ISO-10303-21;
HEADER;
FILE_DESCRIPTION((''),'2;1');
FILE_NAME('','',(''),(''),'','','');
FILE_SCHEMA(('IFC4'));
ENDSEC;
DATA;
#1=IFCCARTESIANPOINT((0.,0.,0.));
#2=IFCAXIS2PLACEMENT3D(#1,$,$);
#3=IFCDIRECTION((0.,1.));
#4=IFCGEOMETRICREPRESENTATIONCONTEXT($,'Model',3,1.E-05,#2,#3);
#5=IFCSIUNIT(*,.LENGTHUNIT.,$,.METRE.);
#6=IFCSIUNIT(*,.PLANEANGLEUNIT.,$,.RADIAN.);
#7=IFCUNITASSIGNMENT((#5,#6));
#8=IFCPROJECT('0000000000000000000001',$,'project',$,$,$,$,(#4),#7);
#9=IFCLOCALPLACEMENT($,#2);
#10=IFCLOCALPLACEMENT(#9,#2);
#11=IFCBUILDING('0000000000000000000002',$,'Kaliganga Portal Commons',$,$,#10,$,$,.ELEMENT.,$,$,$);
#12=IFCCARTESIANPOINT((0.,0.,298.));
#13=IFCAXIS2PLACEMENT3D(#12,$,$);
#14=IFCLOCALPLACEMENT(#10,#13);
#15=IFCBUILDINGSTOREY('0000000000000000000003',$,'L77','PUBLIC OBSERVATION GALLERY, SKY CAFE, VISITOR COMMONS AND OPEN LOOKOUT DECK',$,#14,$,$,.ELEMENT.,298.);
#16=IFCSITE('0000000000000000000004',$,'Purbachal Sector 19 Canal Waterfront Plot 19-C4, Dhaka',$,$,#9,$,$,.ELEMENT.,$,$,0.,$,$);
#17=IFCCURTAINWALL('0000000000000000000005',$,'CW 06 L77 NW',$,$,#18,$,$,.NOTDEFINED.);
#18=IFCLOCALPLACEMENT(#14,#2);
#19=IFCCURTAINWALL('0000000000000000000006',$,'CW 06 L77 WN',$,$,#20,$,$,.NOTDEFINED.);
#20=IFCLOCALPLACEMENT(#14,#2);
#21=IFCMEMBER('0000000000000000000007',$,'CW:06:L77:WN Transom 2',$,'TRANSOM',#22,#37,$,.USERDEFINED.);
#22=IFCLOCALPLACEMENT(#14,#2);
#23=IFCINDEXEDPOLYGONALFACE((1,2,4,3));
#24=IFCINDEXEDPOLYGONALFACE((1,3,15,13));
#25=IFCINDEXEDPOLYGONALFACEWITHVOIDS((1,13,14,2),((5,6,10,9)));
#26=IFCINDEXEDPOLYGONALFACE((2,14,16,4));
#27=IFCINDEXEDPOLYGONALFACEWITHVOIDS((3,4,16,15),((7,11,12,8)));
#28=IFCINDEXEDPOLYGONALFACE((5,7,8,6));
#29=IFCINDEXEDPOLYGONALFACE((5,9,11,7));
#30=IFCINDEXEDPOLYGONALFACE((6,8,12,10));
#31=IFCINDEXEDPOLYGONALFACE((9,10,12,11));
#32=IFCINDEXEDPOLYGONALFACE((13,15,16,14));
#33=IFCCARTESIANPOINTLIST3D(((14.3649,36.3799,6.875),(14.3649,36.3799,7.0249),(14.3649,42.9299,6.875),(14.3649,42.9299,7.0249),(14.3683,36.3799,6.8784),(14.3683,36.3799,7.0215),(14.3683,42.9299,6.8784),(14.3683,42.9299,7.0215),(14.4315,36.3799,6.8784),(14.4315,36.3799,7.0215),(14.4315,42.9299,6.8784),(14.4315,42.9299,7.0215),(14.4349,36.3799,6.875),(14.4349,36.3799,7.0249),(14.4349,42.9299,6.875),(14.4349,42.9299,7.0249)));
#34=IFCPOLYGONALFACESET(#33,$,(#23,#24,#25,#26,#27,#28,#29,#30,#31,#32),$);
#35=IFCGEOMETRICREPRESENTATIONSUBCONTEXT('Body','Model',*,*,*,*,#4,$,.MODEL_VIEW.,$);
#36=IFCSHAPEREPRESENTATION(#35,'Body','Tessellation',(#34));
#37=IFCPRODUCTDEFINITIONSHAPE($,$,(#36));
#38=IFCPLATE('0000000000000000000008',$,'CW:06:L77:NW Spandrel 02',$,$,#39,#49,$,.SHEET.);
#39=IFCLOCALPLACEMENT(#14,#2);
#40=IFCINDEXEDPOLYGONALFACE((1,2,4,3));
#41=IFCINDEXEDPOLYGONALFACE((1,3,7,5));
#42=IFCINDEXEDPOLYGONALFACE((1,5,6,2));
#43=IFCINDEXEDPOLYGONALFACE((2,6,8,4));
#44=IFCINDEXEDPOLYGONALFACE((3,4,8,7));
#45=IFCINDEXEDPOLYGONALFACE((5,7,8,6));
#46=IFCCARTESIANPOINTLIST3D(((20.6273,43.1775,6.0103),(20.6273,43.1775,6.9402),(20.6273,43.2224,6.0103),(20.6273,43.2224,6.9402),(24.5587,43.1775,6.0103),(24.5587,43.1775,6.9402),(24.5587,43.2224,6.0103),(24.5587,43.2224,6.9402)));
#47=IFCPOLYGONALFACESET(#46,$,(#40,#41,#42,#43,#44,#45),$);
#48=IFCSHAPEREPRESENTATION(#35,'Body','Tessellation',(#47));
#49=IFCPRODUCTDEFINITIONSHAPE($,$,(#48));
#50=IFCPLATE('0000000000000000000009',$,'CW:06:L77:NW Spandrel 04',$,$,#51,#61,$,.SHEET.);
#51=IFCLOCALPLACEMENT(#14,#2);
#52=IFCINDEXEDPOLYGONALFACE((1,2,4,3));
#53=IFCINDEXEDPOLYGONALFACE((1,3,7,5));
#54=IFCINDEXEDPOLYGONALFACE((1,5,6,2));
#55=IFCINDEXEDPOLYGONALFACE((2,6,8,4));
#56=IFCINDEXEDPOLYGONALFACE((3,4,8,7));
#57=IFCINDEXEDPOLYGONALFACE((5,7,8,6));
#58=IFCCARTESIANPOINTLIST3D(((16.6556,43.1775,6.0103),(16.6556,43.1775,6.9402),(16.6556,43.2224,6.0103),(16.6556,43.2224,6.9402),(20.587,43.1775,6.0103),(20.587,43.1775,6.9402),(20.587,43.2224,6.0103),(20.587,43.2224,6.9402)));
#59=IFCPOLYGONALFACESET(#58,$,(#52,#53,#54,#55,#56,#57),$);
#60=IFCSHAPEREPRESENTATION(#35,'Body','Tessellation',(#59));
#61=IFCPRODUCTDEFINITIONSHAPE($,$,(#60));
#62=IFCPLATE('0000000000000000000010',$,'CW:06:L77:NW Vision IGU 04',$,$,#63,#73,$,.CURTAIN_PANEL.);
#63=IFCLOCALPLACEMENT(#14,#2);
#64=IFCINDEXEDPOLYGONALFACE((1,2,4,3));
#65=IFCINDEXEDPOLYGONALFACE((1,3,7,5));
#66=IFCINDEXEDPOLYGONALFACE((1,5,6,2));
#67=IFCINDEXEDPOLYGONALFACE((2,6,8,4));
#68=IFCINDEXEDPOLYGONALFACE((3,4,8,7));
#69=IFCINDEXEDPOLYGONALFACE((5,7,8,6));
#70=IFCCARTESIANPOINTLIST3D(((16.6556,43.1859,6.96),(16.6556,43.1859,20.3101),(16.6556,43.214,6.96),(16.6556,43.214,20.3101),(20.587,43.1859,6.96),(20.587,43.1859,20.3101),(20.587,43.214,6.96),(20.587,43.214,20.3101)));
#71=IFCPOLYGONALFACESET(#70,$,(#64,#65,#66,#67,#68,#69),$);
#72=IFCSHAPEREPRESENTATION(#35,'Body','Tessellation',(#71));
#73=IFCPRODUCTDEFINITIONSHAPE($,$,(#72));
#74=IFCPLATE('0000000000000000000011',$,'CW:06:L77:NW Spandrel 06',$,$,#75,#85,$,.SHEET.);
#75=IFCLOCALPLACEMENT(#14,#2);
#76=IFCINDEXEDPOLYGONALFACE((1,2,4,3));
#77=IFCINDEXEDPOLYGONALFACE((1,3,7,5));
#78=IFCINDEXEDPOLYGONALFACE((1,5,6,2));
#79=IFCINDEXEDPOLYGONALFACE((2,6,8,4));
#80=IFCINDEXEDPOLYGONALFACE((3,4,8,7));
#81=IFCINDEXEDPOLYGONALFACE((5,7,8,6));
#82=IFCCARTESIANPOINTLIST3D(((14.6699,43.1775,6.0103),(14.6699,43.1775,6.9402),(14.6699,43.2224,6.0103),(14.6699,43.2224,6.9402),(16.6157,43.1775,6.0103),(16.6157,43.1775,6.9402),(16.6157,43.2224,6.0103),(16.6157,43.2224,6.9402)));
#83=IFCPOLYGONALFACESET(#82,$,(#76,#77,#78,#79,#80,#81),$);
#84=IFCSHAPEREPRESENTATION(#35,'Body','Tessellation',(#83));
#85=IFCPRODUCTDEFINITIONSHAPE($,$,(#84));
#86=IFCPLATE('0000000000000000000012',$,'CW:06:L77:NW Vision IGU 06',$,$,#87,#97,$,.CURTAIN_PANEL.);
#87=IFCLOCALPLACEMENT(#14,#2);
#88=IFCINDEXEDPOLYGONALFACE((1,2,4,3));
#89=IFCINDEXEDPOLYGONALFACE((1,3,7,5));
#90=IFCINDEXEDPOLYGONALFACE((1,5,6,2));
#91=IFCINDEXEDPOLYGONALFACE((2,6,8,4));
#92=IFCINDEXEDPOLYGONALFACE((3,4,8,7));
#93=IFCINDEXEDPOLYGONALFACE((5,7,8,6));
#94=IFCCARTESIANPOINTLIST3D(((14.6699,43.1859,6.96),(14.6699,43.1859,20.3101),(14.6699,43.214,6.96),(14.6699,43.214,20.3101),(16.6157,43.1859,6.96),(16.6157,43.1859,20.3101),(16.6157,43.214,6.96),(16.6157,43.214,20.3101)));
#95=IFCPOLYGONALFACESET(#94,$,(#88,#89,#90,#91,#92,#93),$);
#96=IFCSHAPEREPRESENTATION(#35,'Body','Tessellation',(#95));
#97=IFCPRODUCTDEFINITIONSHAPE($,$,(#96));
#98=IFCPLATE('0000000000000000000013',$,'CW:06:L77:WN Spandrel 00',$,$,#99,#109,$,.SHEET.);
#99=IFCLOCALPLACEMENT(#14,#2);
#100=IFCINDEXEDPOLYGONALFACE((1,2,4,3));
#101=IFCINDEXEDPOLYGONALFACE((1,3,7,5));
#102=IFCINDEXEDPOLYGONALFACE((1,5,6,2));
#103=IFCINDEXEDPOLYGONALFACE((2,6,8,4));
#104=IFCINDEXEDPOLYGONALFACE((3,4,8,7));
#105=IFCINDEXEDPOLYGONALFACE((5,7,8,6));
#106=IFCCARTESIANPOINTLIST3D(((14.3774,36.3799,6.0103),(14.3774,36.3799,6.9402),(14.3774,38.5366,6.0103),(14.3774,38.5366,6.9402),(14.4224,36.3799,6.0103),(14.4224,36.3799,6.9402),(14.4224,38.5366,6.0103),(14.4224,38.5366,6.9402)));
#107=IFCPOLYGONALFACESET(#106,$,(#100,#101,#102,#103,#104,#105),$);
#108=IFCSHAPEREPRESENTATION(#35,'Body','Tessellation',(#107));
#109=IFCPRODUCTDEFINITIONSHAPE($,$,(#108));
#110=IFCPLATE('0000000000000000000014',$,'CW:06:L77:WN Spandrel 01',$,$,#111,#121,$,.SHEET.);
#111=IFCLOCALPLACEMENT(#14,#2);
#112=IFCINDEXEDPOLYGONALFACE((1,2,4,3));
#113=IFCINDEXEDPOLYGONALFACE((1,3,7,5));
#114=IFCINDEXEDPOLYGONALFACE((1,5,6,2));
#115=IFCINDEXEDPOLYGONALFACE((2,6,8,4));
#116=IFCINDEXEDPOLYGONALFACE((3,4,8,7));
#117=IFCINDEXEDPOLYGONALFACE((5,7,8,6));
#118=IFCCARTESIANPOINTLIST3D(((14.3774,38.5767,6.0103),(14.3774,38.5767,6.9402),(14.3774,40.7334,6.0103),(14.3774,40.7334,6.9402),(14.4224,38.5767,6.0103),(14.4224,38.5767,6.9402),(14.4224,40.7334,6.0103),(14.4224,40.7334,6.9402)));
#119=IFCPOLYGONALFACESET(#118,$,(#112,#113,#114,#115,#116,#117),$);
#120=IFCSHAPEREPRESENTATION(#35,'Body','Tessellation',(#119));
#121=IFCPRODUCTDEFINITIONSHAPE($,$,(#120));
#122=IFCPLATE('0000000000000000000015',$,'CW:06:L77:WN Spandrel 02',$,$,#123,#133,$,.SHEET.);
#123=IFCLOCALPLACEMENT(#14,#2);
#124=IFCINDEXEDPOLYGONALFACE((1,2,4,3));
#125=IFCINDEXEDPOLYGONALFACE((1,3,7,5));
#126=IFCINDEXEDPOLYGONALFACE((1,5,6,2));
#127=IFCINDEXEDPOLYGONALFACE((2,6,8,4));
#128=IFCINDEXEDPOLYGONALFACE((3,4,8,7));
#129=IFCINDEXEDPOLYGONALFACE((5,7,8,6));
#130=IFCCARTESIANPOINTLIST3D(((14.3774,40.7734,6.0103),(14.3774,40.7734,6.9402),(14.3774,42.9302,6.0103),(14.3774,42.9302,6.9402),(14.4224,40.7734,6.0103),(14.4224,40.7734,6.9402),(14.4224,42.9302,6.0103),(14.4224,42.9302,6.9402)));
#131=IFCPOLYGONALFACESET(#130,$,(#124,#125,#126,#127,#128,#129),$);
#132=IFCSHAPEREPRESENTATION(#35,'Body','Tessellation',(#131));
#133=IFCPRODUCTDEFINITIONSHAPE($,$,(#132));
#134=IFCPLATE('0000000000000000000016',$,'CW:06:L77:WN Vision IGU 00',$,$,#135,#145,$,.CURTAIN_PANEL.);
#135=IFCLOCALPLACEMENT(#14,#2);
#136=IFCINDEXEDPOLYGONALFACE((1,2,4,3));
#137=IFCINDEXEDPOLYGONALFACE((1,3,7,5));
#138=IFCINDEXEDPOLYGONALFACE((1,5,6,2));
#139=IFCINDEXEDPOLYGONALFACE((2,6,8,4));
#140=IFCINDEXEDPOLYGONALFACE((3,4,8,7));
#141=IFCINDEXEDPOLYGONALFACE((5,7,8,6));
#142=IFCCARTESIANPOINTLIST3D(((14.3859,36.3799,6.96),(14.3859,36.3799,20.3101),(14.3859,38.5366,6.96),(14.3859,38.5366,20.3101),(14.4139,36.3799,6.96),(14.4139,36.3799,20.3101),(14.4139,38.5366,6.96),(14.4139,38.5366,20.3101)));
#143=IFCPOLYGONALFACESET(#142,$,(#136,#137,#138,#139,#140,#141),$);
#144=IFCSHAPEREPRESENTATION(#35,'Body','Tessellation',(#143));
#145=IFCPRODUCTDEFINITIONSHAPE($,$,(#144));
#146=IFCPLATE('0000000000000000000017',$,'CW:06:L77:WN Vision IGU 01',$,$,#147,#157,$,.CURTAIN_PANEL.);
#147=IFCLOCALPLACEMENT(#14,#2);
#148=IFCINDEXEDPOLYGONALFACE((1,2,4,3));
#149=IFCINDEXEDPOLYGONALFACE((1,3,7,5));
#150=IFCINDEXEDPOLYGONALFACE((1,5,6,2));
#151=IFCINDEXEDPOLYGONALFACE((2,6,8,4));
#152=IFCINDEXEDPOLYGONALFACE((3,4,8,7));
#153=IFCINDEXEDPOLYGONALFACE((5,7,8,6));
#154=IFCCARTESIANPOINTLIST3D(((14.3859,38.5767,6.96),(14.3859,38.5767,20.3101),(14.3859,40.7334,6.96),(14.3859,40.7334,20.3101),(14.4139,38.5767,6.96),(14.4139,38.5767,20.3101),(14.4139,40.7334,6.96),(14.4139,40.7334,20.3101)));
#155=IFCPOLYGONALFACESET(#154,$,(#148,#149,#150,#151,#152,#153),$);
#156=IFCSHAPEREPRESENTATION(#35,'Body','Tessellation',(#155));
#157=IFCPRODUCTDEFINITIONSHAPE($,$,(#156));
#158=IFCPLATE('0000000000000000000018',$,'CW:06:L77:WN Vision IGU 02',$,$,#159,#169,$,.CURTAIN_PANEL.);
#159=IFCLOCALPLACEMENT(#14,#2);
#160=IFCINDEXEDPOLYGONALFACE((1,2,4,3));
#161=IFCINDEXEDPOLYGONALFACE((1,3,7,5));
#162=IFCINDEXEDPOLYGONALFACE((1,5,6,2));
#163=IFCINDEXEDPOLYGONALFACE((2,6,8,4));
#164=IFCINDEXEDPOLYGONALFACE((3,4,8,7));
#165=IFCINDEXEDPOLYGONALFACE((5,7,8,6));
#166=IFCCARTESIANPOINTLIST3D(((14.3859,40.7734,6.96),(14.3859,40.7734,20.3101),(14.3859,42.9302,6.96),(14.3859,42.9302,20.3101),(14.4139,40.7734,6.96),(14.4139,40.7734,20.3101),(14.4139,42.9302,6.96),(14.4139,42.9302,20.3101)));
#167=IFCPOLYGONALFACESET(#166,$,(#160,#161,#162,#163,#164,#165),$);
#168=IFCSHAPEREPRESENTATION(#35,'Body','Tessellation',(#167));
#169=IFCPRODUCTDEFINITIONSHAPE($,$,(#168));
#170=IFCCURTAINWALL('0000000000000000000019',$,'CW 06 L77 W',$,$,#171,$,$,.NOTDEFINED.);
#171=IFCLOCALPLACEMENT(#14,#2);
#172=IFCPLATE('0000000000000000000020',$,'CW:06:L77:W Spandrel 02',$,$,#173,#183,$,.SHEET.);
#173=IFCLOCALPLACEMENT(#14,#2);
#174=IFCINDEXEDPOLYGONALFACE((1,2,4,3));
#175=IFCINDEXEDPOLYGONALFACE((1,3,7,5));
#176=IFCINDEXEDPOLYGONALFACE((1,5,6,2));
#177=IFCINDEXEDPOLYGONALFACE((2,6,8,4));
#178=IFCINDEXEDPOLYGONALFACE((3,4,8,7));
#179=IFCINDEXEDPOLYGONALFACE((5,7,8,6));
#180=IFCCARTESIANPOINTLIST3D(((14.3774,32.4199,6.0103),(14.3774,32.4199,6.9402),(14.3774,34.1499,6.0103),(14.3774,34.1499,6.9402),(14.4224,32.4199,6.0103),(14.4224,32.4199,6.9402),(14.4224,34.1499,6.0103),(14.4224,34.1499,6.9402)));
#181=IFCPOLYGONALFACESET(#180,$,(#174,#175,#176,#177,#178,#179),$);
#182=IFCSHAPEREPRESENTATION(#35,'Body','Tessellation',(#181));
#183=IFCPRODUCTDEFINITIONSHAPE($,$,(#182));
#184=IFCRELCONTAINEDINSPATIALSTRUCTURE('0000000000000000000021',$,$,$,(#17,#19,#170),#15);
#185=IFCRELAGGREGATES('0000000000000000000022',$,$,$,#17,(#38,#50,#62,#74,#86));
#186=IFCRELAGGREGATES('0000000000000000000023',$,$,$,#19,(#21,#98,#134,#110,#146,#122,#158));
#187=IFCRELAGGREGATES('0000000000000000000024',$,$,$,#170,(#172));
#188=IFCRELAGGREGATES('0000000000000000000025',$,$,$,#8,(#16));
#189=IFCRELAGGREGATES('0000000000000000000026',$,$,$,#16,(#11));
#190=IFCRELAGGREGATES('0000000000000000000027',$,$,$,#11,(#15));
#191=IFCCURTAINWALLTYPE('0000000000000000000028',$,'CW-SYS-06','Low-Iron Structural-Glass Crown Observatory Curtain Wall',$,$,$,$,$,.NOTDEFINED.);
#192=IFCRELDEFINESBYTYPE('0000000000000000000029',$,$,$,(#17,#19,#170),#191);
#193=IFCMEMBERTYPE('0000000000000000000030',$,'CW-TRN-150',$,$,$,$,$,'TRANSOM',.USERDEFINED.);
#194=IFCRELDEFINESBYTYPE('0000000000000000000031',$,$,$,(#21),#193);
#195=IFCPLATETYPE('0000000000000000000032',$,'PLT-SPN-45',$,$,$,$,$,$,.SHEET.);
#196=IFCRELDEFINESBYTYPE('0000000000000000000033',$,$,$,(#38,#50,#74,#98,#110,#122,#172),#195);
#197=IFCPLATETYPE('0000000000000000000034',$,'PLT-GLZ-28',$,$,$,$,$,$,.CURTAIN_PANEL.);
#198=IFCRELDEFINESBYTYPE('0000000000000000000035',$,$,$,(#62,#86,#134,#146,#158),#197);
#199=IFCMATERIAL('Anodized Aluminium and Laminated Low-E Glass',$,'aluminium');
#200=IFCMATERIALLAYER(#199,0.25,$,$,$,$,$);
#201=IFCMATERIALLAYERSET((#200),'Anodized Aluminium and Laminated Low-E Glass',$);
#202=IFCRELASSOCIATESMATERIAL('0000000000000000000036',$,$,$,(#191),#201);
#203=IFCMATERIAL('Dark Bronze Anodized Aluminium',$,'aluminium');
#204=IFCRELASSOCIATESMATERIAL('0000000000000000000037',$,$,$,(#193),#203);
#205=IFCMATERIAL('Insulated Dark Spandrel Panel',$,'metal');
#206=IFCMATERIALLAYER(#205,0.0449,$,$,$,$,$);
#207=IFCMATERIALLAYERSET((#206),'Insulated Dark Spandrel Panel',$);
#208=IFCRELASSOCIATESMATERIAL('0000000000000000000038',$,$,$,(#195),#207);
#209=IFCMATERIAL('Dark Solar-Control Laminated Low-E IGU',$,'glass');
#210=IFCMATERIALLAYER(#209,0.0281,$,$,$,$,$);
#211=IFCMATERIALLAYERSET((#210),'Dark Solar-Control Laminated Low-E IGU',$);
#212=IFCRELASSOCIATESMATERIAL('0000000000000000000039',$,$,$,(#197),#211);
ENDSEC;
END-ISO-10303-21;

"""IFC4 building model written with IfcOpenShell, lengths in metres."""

from ifc_helpers import new_model, si_unit, direction, frame, origin, origin_2d, place, context, subcontext, project, spatial, rectangle, hollow_rectangle, extrude, source, transform, mapped, material, layer, layer_set, material_profile, profile_set, type_object, element, aggregate, save


model = new_model("IFC4")

# Units and contexts
model_context = context("Model", 3, precision=1e-05, world=origin(), true_north=direction((0.0, 1.0)))
body_context = subcontext(model_context, "Body", "Model", "MODEL_VIEW")
ifc_project = project(units=[si_unit("LENGTHUNIT", "METRE"), si_unit("PLANEANGLEUNIT", "RADIAN")], contexts=[model_context])

# Site, building, storey
site_placement = place(None, origin())
site = spatial("IfcSite", under=ifc_project, at=site_placement, Name="Purbachal Sector 19 Canal Waterfront Plot 19-C4, Dhaka", CompositionType="ELEMENT", RefElevation=0.0)
building_placement = place(site_placement, origin())
building = spatial("IfcBuilding", under=site, at=building_placement, Name="Kaliganga Portal Commons", CompositionType="ELEMENT")
storey_placement = place(building_placement, frame((0.0, 0.0, 298.0)))
storey = spatial("IfcBuildingStorey", under=building, at=storey_placement, Name="L77", Description="PUBLIC OBSERVATION GALLERY, SKY CAFE, VISITOR COMMONS AND OPEN LOOKOUT DECK", CompositionType="ELEMENT", Elevation=298.0)

# Curtain walls, member
ifc_material_1 = material(Name="Anodized Aluminium and Laminated Low-E Glass", Category="aluminium")
ifc_layer_1 = layer(ifc_material_1, 0.25)
ifc_layer_set_1 = layer_set([ifc_layer_1], Name="Anodized Aluminium and Laminated Low-E Glass")
curtain_wall_type = type_object("IfcCurtainWallType", Name="CW-SYS-06", Description="Low-Iron Structural-Glass Crown Observatory Curtain Wall", PredefinedType="NOTDEFINED", material=ifc_layer_set_1)
curtain_wall_1_placement = place(storey_placement, origin())
curtain_wall_1 = element("IfcCurtainWall", 1, at=curtain_wall_1_placement, inside=storey, type_object=curtain_wall_type, Name="CW 06 L77 NW", PredefinedType="NOTDEFINED")
ifc_material_2 = material(Name="Dark Bronze Anodized Aluminium", Category="aluminium")
curtain_wall_2_placement = place(storey_placement, origin())
curtain_wall_2 = element("IfcCurtainWall", 2, at=curtain_wall_2_placement, inside=storey, type_object=curtain_wall_type, Name="CW 06 L77 WN", PredefinedType="NOTDEFINED")
ifc_material_profile_1 = material_profile(ifc_material_2, hollow_rectangle(XDim=0.0701, YDim=0.1499, WallThickness=0.0034, at=origin_2d()), Name="ALU TRAN 70x150x3.5")
ifc_profile_set_1 = profile_set([ifc_material_profile_1], Name="Dark Bronze Anodized Aluminium")
member_type_1 = type_object("IfcMemberType", Name="CW-TRN-150", ElementType="TRANSOM", PredefinedType="USERDEFINED", material=ifc_profile_set_1)
shared_shape_1 = source(origin(), body_context, "Body", "SweptSolid", [
    extrude(hollow_rectangle(XDim=0.0701, YDim=0.1499, WallThickness=0.0034, at=origin_2d()), origin(), (0.0, 0.0, 1.0), 6.55),
])
member_1_placement = place(storey_placement, frame((14.3999, 36.3799, 6.95), z_axis=(0.0, 1.0, 0.0), x_axis=(-1.0, 0.0, 0.0)))
member_1 = element("IfcMember", 3, at=member_1_placement, type_object=member_type_1, Name="CW:06:L77:WN Transom 2", ObjectType="TRANSOM", PredefinedType="USERDEFINED", context=body_context, shape_type="MappedRepresentation", body=[
    mapped(shared_shape_1, transform((0.0, 0.0, 0.0), x_axis=(1.0, 0.0, 0.0), y_axis=(0.0, 1.0, 0.0), z_axis=(0.0, 0.0, 1.0), scale=1.0)),
])

# Plates
ifc_material_3 = material(Name="Insulated Dark Spandrel Panel", Category="metal")
ifc_layer_2 = layer(ifc_material_3, 0.0449)
ifc_layer_set_2 = layer_set([ifc_layer_2], Name="Insulated Dark Spandrel Panel")
plate_type_1 = type_object("IfcPlateType", Name="PLT-SPN-45", PredefinedType="SHEET", material=ifc_layer_set_2)
shared_shape_2 = source(origin(), body_context, "Body", "SweptSolid", [
    extrude(rectangle(XDim=3.9314, YDim=0.0449, at=origin_2d()), origin(), (0.0, 0.0, 1.0), 0.9299),
])
plate_1_placement = place(storey_placement, frame((22.593, 43.2, 6.0103), z_axis=(0.0, 0.0, 1.0), x_axis=(-1.0, 0.0, 0.0)))
plate_1 = element("IfcPlate", 4, at=plate_1_placement, type_object=plate_type_1, Name="CW:06:L77:NW Spandrel 02", PredefinedType="SHEET", context=body_context, shape_type="MappedRepresentation", body=[
    mapped(shared_shape_2, transform((0.0, 0.0, 0.0), x_axis=(1.0, 0.0, 0.0), y_axis=(0.0, 1.0, 0.0), z_axis=(0.0, 0.0, 1.0), scale=1.0)),
])
plate_2_placement = place(storey_placement, frame((18.6213, 43.2, 6.0103), z_axis=(0.0, 0.0, 1.0), x_axis=(-1.0, 0.0, 0.0)))
plate_2 = element("IfcPlate", 5, at=plate_2_placement, type_object=plate_type_1, Name="CW:06:L77:NW Spandrel 04", PredefinedType="SHEET", context=body_context, shape_type="MappedRepresentation", body=[
    mapped(shared_shape_2, transform((0.0, 0.0, 0.0), x_axis=(1.0, 0.0, 0.0), y_axis=(0.0, 1.0, 0.0), z_axis=(0.0, 0.0, 1.0), scale=1.0)),
])
ifc_material_4 = material(Name="Dark Solar-Control Laminated Low-E IGU", Category="glass")
ifc_layer_3 = layer(ifc_material_4, 0.0281)
ifc_layer_set_3 = layer_set([ifc_layer_3], Name="Dark Solar-Control Laminated Low-E IGU")
plate_type_2 = type_object("IfcPlateType", Name="PLT-GLZ-28", PredefinedType="CURTAIN_PANEL", material=ifc_layer_set_3)
shared_shape_3 = source(origin(), body_context, "Body", "SweptSolid", [
    extrude(rectangle(XDim=3.9314, YDim=0.0281, at=origin_2d()), origin(), (0.0, 0.0, 1.0), 13.3501),
])
plate_3_placement = place(storey_placement, frame((18.6213, 43.2, 6.96), z_axis=(0.0, 0.0, 1.0), x_axis=(-1.0, 0.0, 0.0)))
plate_3 = element("IfcPlate", 6, at=plate_3_placement, type_object=plate_type_2, Name="CW:06:L77:NW Vision IGU 04", PredefinedType="CURTAIN_PANEL", context=body_context, shape_type="MappedRepresentation", body=[
    mapped(shared_shape_3, transform((0.0, 0.0, 0.0), x_axis=(1.0, 0.0, 0.0), y_axis=(0.0, 1.0, 0.0), z_axis=(0.0, 0.0, 1.0), scale=1.0)),
])
shared_shape_4 = source(origin(), body_context, "Body", "SweptSolid", [
    extrude(rectangle(XDim=1.9458, YDim=0.0449, at=origin_2d()), origin(), (0.0, 0.0, 1.0), 0.9299),
])
plate_4_placement = place(storey_placement, frame((15.6428, 43.2, 6.0103), z_axis=(0.0, 0.0, 1.0), x_axis=(-1.0, 0.0, 0.0)))
plate_4 = element("IfcPlate", 7, at=plate_4_placement, type_object=plate_type_1, Name="CW:06:L77:NW Spandrel 06", PredefinedType="SHEET", context=body_context, shape_type="MappedRepresentation", body=[
    mapped(shared_shape_4, transform((0.0, 0.0, 0.0), x_axis=(1.0, 0.0, 0.0), y_axis=(0.0, 1.0, 0.0), z_axis=(0.0, 0.0, 1.0), scale=1.0)),
])
shared_shape_5 = source(origin(), body_context, "Body", "SweptSolid", [
    extrude(rectangle(XDim=1.9458, YDim=0.0281, at=origin_2d()), origin(), (0.0, 0.0, 1.0), 13.3501),
])
plate_5_placement = place(storey_placement, frame((15.6428, 43.2, 6.96), z_axis=(0.0, 0.0, 1.0), x_axis=(-1.0, 0.0, 0.0)))
plate_5 = element("IfcPlate", 8, at=plate_5_placement, type_object=plate_type_2, Name="CW:06:L77:NW Vision IGU 06", PredefinedType="CURTAIN_PANEL", context=body_context, shape_type="MappedRepresentation", body=[
    mapped(shared_shape_5, transform((0.0, 0.0, 0.0), x_axis=(1.0, 0.0, 0.0), y_axis=(0.0, 1.0, 0.0), z_axis=(0.0, 0.0, 1.0), scale=1.0)),
])
aggregate(curtain_wall_1, [plate_1, plate_2, plate_3, plate_4, plate_5])
shared_shape_6 = source(origin(), body_context, "Body", "SweptSolid", [
    extrude(rectangle(XDim=2.1567, YDim=0.0449, at=origin_2d()), origin(), (0.0, 0.0, 1.0), 0.9299),
])
plate_6_placement = place(storey_placement, frame((14.3999, 37.4583, 6.0103), z_axis=(0.0, 0.0, 1.0), x_axis=(0.0, 1.0, 0.0)))
plate_6 = element("IfcPlate", 9, at=plate_6_placement, type_object=plate_type_1, Name="CW:06:L77:WN Spandrel 00", PredefinedType="SHEET", context=body_context, shape_type="MappedRepresentation", body=[
    mapped(shared_shape_6, transform((0.0, 0.0, 0.0), x_axis=(1.0, 0.0, 0.0), y_axis=(0.0, 1.0, 0.0), z_axis=(0.0, 0.0, 1.0), scale=1.0)),
])
plate_7_placement = place(storey_placement, frame((14.3999, 39.655, 6.0103), z_axis=(0.0, 0.0, 1.0), x_axis=(0.0, 1.0, 0.0)))
plate_7 = element("IfcPlate", 10, at=plate_7_placement, type_object=plate_type_1, Name="CW:06:L77:WN Spandrel 01", PredefinedType="SHEET", context=body_context, shape_type="MappedRepresentation", body=[
    mapped(shared_shape_6, transform((0.0, 0.0, 0.0), x_axis=(1.0, 0.0, 0.0), y_axis=(0.0, 1.0, 0.0), z_axis=(0.0, 0.0, 1.0), scale=1.0)),
])
plate_8_placement = place(storey_placement, frame((14.3999, 41.8518, 6.0103), z_axis=(0.0, 0.0, 1.0), x_axis=(0.0, 1.0, 0.0)))
plate_8 = element("IfcPlate", 11, at=plate_8_placement, type_object=plate_type_1, Name="CW:06:L77:WN Spandrel 02", PredefinedType="SHEET", context=body_context, shape_type="MappedRepresentation", body=[
    mapped(shared_shape_6, transform((0.0, 0.0, 0.0), x_axis=(1.0, 0.0, 0.0), y_axis=(0.0, 1.0, 0.0), z_axis=(0.0, 0.0, 1.0), scale=1.0)),
])
shared_shape_7 = source(origin(), body_context, "Body", "SweptSolid", [
    extrude(rectangle(XDim=2.1567, YDim=0.0281, at=origin_2d()), origin(), (0.0, 0.0, 1.0), 13.3501),
])
plate_9_placement = place(storey_placement, frame((14.3999, 37.4583, 6.96), z_axis=(0.0, 0.0, 1.0), x_axis=(0.0, 1.0, 0.0)))
plate_9 = element("IfcPlate", 12, at=plate_9_placement, type_object=plate_type_2, Name="CW:06:L77:WN Vision IGU 00", PredefinedType="CURTAIN_PANEL", context=body_context, shape_type="MappedRepresentation", body=[
    mapped(shared_shape_7, transform((0.0, 0.0, 0.0), x_axis=(1.0, 0.0, 0.0), y_axis=(0.0, 1.0, 0.0), z_axis=(0.0, 0.0, 1.0), scale=1.0)),
])
plate_10_placement = place(storey_placement, frame((14.3999, 39.655, 6.96), z_axis=(0.0, 0.0, 1.0), x_axis=(0.0, 1.0, 0.0)))
plate_10 = element("IfcPlate", 13, at=plate_10_placement, type_object=plate_type_2, Name="CW:06:L77:WN Vision IGU 01", PredefinedType="CURTAIN_PANEL", context=body_context, shape_type="MappedRepresentation", body=[
    mapped(shared_shape_7, transform((0.0, 0.0, 0.0), x_axis=(1.0, 0.0, 0.0), y_axis=(0.0, 1.0, 0.0), z_axis=(0.0, 0.0, 1.0), scale=1.0)),
])
plate_11_placement = place(storey_placement, frame((14.3999, 41.8518, 6.96), z_axis=(0.0, 0.0, 1.0), x_axis=(0.0, 1.0, 0.0)))
plate_11 = element("IfcPlate", 14, at=plate_11_placement, type_object=plate_type_2, Name="CW:06:L77:WN Vision IGU 02", PredefinedType="CURTAIN_PANEL", context=body_context, shape_type="MappedRepresentation", body=[
    mapped(shared_shape_7, transform((0.0, 0.0, 0.0), x_axis=(1.0, 0.0, 0.0), y_axis=(0.0, 1.0, 0.0), z_axis=(0.0, 0.0, 1.0), scale=1.0)),
])
aggregate(curtain_wall_2, [member_1, plate_6, plate_9, plate_7, plate_10, plate_8, plate_11])

# Curtain wall, plate
curtain_wall_3_placement = place(storey_placement, origin())
curtain_wall_3 = element("IfcCurtainWall", 15, at=curtain_wall_3_placement, inside=storey, type_object=curtain_wall_type, Name="CW 06 L77 W", PredefinedType="NOTDEFINED")
shared_shape_8 = source(origin(), body_context, "Body", "SweptSolid", [
    extrude(rectangle(XDim=1.73, YDim=0.0449, at=origin_2d()), origin(), (0.0, 0.0, 1.0), 0.9299),
])
plate_12_placement = place(storey_placement, frame((14.3999, 33.2849, 6.0103), z_axis=(0.0, 0.0, 1.0), x_axis=(0.0, 1.0, 0.0)))
plate_12 = element("IfcPlate", 16, at=plate_12_placement, type_object=plate_type_1, Name="CW:06:L77:W Spandrel 02", PredefinedType="SHEET", context=body_context, shape_type="MappedRepresentation", body=[
    mapped(shared_shape_8, transform((0.0, 0.0, 0.0), x_axis=(1.0, 0.0, 0.0), y_axis=(0.0, 1.0, 0.0), z_axis=(0.0, 0.0, 1.0), scale=1.0)),
])
aggregate(curtain_wall_3, [plate_12])

save(model, "model.ifc")
